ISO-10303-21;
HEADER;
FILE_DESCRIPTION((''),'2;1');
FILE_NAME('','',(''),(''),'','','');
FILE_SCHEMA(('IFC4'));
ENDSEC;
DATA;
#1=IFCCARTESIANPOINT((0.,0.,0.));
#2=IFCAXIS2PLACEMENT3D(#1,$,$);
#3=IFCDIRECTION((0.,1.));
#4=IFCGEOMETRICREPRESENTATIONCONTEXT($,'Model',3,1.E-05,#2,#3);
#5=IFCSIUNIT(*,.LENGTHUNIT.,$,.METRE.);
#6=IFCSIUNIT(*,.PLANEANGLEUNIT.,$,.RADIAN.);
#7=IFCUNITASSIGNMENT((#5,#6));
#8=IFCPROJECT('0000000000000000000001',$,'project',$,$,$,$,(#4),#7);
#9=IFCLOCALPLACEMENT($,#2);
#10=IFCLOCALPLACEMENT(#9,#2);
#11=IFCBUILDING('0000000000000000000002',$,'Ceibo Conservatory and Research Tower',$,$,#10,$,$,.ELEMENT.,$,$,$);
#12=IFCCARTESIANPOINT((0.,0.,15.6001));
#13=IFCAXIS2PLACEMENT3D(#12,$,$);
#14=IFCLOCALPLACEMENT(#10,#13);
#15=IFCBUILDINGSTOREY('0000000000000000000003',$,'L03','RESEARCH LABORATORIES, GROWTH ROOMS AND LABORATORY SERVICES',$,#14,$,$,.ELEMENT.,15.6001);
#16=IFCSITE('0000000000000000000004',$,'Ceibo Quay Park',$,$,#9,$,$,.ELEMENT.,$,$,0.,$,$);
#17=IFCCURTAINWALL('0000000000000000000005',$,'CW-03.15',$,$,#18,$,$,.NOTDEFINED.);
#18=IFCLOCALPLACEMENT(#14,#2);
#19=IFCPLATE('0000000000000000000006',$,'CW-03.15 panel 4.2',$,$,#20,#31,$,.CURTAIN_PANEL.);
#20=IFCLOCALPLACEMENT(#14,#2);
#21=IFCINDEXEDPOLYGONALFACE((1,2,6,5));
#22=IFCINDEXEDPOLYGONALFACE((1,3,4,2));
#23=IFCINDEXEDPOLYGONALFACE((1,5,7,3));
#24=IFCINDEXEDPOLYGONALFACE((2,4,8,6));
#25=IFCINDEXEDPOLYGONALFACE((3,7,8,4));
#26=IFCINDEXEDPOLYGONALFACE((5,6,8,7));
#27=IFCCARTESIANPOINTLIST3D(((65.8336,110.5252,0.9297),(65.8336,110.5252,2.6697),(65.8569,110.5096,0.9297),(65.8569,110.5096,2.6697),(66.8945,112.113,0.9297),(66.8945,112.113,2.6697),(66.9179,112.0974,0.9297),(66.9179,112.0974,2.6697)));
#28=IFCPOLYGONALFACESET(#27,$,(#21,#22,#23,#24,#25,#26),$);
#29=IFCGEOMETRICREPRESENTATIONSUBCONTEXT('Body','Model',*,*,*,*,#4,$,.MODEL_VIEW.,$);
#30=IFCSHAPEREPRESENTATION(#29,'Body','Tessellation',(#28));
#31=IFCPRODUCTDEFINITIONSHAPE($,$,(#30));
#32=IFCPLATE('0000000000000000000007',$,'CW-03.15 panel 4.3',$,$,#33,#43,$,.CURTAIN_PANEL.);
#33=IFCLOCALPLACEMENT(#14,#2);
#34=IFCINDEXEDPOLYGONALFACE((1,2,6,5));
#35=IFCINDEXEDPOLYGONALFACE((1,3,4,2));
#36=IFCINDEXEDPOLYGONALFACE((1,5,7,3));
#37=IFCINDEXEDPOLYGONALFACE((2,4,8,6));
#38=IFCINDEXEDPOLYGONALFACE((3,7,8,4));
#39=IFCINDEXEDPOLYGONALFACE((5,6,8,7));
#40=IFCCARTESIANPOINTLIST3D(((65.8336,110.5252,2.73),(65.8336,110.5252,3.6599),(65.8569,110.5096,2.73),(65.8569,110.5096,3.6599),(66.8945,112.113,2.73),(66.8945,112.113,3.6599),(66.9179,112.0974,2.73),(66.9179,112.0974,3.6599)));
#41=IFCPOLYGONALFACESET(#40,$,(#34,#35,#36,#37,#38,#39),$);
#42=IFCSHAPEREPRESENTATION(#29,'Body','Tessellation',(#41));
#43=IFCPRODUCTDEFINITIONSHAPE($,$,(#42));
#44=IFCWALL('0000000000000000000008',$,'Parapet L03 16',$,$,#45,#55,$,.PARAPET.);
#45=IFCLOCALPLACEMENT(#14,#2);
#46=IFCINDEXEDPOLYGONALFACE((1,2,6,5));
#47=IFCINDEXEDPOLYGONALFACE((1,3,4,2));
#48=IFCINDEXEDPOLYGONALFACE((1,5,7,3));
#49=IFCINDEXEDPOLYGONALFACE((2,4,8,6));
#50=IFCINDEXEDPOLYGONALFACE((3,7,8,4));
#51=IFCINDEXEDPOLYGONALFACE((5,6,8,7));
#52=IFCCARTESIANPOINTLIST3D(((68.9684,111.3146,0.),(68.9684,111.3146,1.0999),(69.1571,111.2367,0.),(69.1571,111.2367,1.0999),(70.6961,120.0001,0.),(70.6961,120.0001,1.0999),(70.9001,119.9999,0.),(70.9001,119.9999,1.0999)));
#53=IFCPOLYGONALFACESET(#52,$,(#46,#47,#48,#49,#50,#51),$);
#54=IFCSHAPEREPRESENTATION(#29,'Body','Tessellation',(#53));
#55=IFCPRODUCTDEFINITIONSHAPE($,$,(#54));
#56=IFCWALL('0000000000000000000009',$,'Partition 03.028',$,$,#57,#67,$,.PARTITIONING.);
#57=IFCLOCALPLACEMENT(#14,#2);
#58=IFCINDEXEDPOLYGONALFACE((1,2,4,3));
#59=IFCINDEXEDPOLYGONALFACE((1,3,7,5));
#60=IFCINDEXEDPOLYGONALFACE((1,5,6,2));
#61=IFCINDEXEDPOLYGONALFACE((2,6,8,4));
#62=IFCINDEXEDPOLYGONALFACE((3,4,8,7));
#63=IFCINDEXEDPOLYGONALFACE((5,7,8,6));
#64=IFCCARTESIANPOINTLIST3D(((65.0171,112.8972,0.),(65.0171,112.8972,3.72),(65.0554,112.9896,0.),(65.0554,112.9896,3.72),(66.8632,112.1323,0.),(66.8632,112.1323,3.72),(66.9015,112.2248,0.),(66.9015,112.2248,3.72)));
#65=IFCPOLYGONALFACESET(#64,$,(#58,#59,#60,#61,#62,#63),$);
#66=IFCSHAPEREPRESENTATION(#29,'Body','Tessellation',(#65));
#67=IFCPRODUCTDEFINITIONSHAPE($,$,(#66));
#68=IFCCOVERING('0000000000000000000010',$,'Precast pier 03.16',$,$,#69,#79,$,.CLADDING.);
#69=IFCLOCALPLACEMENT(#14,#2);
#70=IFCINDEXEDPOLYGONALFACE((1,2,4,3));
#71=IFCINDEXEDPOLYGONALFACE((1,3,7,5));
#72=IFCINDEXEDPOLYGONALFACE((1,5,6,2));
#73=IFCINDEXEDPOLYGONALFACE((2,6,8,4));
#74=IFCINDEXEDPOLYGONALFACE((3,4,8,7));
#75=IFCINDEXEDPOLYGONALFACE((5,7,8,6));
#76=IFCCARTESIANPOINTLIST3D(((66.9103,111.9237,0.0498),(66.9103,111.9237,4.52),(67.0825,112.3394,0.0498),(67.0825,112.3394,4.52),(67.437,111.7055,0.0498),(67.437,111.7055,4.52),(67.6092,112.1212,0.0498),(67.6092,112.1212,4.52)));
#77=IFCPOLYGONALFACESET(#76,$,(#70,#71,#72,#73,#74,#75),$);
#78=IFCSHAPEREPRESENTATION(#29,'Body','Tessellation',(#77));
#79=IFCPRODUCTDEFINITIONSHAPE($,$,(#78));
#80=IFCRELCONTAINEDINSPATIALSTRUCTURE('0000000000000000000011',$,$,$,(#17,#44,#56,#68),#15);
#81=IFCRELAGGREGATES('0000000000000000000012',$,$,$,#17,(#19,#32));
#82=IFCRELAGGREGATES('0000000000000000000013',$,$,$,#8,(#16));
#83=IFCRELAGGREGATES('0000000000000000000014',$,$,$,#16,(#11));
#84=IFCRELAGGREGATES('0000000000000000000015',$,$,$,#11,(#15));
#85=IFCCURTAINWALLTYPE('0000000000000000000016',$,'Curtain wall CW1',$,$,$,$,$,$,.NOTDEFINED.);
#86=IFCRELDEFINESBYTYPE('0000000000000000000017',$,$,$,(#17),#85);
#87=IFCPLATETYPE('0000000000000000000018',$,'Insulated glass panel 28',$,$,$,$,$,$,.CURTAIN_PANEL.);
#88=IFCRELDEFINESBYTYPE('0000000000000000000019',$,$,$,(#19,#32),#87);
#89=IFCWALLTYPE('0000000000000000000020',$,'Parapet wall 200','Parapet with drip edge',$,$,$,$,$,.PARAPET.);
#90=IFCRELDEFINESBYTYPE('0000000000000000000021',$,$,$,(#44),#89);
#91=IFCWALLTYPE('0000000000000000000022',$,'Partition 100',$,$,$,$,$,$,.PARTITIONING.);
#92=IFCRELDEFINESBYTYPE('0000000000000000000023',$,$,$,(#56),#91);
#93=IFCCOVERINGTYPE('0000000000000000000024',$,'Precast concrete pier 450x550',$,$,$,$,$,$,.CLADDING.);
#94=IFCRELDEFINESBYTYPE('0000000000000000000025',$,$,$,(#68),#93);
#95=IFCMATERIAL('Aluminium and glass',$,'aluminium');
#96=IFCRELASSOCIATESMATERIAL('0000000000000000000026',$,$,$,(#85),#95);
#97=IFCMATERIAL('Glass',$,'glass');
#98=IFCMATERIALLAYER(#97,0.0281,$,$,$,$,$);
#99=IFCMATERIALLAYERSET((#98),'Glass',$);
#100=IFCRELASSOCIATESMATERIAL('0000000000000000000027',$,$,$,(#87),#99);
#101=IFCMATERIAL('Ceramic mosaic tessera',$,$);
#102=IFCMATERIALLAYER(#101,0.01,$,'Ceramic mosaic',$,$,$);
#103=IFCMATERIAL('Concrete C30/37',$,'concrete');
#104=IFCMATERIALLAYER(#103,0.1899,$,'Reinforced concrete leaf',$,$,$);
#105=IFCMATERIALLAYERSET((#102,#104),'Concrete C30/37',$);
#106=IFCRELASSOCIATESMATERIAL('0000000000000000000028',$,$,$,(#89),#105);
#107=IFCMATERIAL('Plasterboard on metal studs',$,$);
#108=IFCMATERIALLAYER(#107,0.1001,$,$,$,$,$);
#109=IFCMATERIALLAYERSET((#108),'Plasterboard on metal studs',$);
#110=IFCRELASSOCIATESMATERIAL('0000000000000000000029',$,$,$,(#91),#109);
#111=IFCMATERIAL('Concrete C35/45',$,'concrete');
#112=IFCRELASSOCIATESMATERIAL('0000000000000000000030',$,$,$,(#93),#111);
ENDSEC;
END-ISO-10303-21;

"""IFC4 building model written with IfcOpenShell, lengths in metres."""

from ifc_helpers import new_model, si_unit, direction, frame, frame_2d, origin, origin_2d, place, context, subcontext, project, spatial, polyline, rectangle, outline, extrude, material, layer, layer_set, type_object, element, aggregate, save


model = new_model("IFC4")

# Units and contexts
model_context = context("Model", 3, precision=1e-05, world=origin(), true_north=direction((0.0, 1.0)))
body_context = subcontext(model_context, "Body", "Model", "MODEL_VIEW")
ifc_project = project(units=[si_unit("LENGTHUNIT", "METRE"), si_unit("PLANEANGLEUNIT", "RADIAN")], contexts=[model_context])

# Site, building, storey
site_placement = place(None, origin())
site = spatial("IfcSite", under=ifc_project, at=site_placement, Name="Ceibo Quay Park", CompositionType="ELEMENT", RefElevation=0.0)
building_placement = place(site_placement, origin())
building = spatial("IfcBuilding", under=site, at=building_placement, Name="Ceibo Conservatory and Research Tower", CompositionType="ELEMENT")
storey_placement = place(building_placement, frame((0.0, 0.0, 15.6001)))
storey = spatial("IfcBuildingStorey", under=building, at=storey_placement, Name="L03", Description="RESEARCH LABORATORIES, GROWTH ROOMS AND LABORATORY SERVICES", CompositionType="ELEMENT", Elevation=15.6001)

# Shared definitions
ifc_material_1 = material(Name="Concrete C35/45", Category="concrete")

# Curtain wall
ifc_material_2 = material(Name="Aluminium and glass", Category="aluminium")
curtain_wall_type = type_object("IfcCurtainWallType", Name="Curtain wall CW1", PredefinedType="NOTDEFINED", material=ifc_material_2)
curtain_wall_1_placement = place(storey_placement, origin())
curtain_wall_1 = element("IfcCurtainWall", 1, at=curtain_wall_1_placement, inside=storey, type_object=curtain_wall_type, Name="CW-03.15", PredefinedType="NOTDEFINED")

# Plates
ifc_material_3 = material(Name="Glass", Category="glass")
ifc_layer_1 = layer(ifc_material_3, 0.0281)
ifc_layer_set_1 = layer_set([ifc_layer_1], Name="Glass")
plate_type = type_object("IfcPlateType", Name="Insulated glass panel 28", PredefinedType="CURTAIN_PANEL", material=ifc_layer_set_1)
plate_1_placement = place(storey_placement, frame((66.3757, 111.3113, 0.9297), z_axis=(0.0, 0.0, 1.0), x_axis=(0.55557, 0.83147, 0.0)))
plate_1 = element("IfcPlate", 2, at=plate_1_placement, type_object=plate_type, Name="CW-03.15 panel 4.2", PredefinedType="CURTAIN_PANEL", context=body_context, shape_type="SweptSolid", body=[
    extrude(rectangle(XDim=1.9097, YDim=0.0281, at=origin_2d()), origin(), (0.0, 0.0, 1.0), 1.74),
])
plate_2_placement = place(storey_placement, frame((66.3757, 111.3113, 2.73), z_axis=(0.0, 0.0, 1.0), x_axis=(0.55557, 0.83147, 0.0)))
plate_2 = element("IfcPlate", 3, at=plate_2_placement, type_object=plate_type, Name="CW-03.15 panel 4.3", PredefinedType="CURTAIN_PANEL", context=body_context, shape_type="SweptSolid", body=[
    extrude(rectangle(XDim=1.9097, YDim=0.0281, at=origin_2d()), origin(), (0.0, 0.0, 1.0), 0.9299),
])
aggregate(curtain_wall_1, [plate_1, plate_2])

# Walls
ifc_material_4 = material(Name="Ceramic mosaic tessera")
ifc_layer_2 = layer(ifc_material_4, 0.01, Name="Ceramic mosaic")
ifc_material_5 = material(Name="Concrete C30/37", Category="concrete")
ifc_layer_3 = layer(ifc_material_5, 0.1899, Name="Reinforced concrete leaf")
ifc_layer_set_2 = layer_set([ifc_layer_2, ifc_layer_3], Name="Concrete C30/37")
wall_type_1 = type_object("IfcWallType", Name="Parapet wall 200", Description="Parapet with drip edge", PredefinedType="PARAPET", material=ifc_layer_set_2)
wall_1_placement = place(storey_placement, frame((69.0627, 111.2756, 0.0), z_axis=(0.0, 0.0, 1.0), x_axis=(0.195087, 0.980786, 0.0)))
element("IfcWall", 4, at=wall_1_placement, inside=storey, type_object=wall_type_1, Name="Parapet L03 16", PredefinedType="PARAPET", context=body_context, shape_type="SweptSolid", body=[
    extrude(outline(polyline([(-0.0198, -0.1001), (8.915, -0.1001), (8.8755, 0.1001), (0.0198, 0.1001), (-0.0198, -0.1001)])), origin(), (0.0, 0.0, 1.0), 1.0999),
])
ifc_material_6 = material(Name="Plasterboard on metal studs")
ifc_layer_4 = layer(ifc_material_6, 0.1001)
ifc_layer_set_3 = layer_set([ifc_layer_4], Name="Plasterboard on metal studs")
wall_type_2 = type_object("IfcWallType", Name="Partition 100", PredefinedType="PARTITIONING", material=ifc_layer_set_3)
wall_2_placement = place(storey_placement, frame((65.0364, 112.9434, 0.0), z_axis=(0.0, 0.0, 1.0), x_axis=(0.923849, -0.382758, 0.0)))
element("IfcWall", 5, at=wall_2_placement, inside=storey, type_object=wall_type_2, Name="Partition 03.028", PredefinedType="PARTITIONING", context=body_context, shape_type="SweptSolid", body=[
    extrude(rectangle(XDim=1.9983, YDim=0.1001, at=frame_2d((0.999, 0.0))), origin(), (0.0, 0.0, 1.0), 3.72),
])

# Covering
covering_type = type_object("IfcCoveringType", Name="Precast concrete pier 450x550", PredefinedType="CLADDING", material=ifc_material_1)
covering_placement = place(storey_placement, frame((67.2598, 112.0225, 0.0498), z_axis=(0.0, 0.0, 1.0), x_axis=(0.92388, -0.382683, 0.0)))
element("IfcCovering", 6, at=covering_placement, inside=storey, type_object=covering_type, Name="Precast pier 03.16", PredefinedType="CLADDING", context=body_context, shape_type="SweptSolid", body=[
    extrude(rectangle(XDim=0.5701, YDim=0.45, at=origin_2d()), origin(), (0.0, 0.0, 1.0), 4.4702),
])

save(model, "model.ifc")
